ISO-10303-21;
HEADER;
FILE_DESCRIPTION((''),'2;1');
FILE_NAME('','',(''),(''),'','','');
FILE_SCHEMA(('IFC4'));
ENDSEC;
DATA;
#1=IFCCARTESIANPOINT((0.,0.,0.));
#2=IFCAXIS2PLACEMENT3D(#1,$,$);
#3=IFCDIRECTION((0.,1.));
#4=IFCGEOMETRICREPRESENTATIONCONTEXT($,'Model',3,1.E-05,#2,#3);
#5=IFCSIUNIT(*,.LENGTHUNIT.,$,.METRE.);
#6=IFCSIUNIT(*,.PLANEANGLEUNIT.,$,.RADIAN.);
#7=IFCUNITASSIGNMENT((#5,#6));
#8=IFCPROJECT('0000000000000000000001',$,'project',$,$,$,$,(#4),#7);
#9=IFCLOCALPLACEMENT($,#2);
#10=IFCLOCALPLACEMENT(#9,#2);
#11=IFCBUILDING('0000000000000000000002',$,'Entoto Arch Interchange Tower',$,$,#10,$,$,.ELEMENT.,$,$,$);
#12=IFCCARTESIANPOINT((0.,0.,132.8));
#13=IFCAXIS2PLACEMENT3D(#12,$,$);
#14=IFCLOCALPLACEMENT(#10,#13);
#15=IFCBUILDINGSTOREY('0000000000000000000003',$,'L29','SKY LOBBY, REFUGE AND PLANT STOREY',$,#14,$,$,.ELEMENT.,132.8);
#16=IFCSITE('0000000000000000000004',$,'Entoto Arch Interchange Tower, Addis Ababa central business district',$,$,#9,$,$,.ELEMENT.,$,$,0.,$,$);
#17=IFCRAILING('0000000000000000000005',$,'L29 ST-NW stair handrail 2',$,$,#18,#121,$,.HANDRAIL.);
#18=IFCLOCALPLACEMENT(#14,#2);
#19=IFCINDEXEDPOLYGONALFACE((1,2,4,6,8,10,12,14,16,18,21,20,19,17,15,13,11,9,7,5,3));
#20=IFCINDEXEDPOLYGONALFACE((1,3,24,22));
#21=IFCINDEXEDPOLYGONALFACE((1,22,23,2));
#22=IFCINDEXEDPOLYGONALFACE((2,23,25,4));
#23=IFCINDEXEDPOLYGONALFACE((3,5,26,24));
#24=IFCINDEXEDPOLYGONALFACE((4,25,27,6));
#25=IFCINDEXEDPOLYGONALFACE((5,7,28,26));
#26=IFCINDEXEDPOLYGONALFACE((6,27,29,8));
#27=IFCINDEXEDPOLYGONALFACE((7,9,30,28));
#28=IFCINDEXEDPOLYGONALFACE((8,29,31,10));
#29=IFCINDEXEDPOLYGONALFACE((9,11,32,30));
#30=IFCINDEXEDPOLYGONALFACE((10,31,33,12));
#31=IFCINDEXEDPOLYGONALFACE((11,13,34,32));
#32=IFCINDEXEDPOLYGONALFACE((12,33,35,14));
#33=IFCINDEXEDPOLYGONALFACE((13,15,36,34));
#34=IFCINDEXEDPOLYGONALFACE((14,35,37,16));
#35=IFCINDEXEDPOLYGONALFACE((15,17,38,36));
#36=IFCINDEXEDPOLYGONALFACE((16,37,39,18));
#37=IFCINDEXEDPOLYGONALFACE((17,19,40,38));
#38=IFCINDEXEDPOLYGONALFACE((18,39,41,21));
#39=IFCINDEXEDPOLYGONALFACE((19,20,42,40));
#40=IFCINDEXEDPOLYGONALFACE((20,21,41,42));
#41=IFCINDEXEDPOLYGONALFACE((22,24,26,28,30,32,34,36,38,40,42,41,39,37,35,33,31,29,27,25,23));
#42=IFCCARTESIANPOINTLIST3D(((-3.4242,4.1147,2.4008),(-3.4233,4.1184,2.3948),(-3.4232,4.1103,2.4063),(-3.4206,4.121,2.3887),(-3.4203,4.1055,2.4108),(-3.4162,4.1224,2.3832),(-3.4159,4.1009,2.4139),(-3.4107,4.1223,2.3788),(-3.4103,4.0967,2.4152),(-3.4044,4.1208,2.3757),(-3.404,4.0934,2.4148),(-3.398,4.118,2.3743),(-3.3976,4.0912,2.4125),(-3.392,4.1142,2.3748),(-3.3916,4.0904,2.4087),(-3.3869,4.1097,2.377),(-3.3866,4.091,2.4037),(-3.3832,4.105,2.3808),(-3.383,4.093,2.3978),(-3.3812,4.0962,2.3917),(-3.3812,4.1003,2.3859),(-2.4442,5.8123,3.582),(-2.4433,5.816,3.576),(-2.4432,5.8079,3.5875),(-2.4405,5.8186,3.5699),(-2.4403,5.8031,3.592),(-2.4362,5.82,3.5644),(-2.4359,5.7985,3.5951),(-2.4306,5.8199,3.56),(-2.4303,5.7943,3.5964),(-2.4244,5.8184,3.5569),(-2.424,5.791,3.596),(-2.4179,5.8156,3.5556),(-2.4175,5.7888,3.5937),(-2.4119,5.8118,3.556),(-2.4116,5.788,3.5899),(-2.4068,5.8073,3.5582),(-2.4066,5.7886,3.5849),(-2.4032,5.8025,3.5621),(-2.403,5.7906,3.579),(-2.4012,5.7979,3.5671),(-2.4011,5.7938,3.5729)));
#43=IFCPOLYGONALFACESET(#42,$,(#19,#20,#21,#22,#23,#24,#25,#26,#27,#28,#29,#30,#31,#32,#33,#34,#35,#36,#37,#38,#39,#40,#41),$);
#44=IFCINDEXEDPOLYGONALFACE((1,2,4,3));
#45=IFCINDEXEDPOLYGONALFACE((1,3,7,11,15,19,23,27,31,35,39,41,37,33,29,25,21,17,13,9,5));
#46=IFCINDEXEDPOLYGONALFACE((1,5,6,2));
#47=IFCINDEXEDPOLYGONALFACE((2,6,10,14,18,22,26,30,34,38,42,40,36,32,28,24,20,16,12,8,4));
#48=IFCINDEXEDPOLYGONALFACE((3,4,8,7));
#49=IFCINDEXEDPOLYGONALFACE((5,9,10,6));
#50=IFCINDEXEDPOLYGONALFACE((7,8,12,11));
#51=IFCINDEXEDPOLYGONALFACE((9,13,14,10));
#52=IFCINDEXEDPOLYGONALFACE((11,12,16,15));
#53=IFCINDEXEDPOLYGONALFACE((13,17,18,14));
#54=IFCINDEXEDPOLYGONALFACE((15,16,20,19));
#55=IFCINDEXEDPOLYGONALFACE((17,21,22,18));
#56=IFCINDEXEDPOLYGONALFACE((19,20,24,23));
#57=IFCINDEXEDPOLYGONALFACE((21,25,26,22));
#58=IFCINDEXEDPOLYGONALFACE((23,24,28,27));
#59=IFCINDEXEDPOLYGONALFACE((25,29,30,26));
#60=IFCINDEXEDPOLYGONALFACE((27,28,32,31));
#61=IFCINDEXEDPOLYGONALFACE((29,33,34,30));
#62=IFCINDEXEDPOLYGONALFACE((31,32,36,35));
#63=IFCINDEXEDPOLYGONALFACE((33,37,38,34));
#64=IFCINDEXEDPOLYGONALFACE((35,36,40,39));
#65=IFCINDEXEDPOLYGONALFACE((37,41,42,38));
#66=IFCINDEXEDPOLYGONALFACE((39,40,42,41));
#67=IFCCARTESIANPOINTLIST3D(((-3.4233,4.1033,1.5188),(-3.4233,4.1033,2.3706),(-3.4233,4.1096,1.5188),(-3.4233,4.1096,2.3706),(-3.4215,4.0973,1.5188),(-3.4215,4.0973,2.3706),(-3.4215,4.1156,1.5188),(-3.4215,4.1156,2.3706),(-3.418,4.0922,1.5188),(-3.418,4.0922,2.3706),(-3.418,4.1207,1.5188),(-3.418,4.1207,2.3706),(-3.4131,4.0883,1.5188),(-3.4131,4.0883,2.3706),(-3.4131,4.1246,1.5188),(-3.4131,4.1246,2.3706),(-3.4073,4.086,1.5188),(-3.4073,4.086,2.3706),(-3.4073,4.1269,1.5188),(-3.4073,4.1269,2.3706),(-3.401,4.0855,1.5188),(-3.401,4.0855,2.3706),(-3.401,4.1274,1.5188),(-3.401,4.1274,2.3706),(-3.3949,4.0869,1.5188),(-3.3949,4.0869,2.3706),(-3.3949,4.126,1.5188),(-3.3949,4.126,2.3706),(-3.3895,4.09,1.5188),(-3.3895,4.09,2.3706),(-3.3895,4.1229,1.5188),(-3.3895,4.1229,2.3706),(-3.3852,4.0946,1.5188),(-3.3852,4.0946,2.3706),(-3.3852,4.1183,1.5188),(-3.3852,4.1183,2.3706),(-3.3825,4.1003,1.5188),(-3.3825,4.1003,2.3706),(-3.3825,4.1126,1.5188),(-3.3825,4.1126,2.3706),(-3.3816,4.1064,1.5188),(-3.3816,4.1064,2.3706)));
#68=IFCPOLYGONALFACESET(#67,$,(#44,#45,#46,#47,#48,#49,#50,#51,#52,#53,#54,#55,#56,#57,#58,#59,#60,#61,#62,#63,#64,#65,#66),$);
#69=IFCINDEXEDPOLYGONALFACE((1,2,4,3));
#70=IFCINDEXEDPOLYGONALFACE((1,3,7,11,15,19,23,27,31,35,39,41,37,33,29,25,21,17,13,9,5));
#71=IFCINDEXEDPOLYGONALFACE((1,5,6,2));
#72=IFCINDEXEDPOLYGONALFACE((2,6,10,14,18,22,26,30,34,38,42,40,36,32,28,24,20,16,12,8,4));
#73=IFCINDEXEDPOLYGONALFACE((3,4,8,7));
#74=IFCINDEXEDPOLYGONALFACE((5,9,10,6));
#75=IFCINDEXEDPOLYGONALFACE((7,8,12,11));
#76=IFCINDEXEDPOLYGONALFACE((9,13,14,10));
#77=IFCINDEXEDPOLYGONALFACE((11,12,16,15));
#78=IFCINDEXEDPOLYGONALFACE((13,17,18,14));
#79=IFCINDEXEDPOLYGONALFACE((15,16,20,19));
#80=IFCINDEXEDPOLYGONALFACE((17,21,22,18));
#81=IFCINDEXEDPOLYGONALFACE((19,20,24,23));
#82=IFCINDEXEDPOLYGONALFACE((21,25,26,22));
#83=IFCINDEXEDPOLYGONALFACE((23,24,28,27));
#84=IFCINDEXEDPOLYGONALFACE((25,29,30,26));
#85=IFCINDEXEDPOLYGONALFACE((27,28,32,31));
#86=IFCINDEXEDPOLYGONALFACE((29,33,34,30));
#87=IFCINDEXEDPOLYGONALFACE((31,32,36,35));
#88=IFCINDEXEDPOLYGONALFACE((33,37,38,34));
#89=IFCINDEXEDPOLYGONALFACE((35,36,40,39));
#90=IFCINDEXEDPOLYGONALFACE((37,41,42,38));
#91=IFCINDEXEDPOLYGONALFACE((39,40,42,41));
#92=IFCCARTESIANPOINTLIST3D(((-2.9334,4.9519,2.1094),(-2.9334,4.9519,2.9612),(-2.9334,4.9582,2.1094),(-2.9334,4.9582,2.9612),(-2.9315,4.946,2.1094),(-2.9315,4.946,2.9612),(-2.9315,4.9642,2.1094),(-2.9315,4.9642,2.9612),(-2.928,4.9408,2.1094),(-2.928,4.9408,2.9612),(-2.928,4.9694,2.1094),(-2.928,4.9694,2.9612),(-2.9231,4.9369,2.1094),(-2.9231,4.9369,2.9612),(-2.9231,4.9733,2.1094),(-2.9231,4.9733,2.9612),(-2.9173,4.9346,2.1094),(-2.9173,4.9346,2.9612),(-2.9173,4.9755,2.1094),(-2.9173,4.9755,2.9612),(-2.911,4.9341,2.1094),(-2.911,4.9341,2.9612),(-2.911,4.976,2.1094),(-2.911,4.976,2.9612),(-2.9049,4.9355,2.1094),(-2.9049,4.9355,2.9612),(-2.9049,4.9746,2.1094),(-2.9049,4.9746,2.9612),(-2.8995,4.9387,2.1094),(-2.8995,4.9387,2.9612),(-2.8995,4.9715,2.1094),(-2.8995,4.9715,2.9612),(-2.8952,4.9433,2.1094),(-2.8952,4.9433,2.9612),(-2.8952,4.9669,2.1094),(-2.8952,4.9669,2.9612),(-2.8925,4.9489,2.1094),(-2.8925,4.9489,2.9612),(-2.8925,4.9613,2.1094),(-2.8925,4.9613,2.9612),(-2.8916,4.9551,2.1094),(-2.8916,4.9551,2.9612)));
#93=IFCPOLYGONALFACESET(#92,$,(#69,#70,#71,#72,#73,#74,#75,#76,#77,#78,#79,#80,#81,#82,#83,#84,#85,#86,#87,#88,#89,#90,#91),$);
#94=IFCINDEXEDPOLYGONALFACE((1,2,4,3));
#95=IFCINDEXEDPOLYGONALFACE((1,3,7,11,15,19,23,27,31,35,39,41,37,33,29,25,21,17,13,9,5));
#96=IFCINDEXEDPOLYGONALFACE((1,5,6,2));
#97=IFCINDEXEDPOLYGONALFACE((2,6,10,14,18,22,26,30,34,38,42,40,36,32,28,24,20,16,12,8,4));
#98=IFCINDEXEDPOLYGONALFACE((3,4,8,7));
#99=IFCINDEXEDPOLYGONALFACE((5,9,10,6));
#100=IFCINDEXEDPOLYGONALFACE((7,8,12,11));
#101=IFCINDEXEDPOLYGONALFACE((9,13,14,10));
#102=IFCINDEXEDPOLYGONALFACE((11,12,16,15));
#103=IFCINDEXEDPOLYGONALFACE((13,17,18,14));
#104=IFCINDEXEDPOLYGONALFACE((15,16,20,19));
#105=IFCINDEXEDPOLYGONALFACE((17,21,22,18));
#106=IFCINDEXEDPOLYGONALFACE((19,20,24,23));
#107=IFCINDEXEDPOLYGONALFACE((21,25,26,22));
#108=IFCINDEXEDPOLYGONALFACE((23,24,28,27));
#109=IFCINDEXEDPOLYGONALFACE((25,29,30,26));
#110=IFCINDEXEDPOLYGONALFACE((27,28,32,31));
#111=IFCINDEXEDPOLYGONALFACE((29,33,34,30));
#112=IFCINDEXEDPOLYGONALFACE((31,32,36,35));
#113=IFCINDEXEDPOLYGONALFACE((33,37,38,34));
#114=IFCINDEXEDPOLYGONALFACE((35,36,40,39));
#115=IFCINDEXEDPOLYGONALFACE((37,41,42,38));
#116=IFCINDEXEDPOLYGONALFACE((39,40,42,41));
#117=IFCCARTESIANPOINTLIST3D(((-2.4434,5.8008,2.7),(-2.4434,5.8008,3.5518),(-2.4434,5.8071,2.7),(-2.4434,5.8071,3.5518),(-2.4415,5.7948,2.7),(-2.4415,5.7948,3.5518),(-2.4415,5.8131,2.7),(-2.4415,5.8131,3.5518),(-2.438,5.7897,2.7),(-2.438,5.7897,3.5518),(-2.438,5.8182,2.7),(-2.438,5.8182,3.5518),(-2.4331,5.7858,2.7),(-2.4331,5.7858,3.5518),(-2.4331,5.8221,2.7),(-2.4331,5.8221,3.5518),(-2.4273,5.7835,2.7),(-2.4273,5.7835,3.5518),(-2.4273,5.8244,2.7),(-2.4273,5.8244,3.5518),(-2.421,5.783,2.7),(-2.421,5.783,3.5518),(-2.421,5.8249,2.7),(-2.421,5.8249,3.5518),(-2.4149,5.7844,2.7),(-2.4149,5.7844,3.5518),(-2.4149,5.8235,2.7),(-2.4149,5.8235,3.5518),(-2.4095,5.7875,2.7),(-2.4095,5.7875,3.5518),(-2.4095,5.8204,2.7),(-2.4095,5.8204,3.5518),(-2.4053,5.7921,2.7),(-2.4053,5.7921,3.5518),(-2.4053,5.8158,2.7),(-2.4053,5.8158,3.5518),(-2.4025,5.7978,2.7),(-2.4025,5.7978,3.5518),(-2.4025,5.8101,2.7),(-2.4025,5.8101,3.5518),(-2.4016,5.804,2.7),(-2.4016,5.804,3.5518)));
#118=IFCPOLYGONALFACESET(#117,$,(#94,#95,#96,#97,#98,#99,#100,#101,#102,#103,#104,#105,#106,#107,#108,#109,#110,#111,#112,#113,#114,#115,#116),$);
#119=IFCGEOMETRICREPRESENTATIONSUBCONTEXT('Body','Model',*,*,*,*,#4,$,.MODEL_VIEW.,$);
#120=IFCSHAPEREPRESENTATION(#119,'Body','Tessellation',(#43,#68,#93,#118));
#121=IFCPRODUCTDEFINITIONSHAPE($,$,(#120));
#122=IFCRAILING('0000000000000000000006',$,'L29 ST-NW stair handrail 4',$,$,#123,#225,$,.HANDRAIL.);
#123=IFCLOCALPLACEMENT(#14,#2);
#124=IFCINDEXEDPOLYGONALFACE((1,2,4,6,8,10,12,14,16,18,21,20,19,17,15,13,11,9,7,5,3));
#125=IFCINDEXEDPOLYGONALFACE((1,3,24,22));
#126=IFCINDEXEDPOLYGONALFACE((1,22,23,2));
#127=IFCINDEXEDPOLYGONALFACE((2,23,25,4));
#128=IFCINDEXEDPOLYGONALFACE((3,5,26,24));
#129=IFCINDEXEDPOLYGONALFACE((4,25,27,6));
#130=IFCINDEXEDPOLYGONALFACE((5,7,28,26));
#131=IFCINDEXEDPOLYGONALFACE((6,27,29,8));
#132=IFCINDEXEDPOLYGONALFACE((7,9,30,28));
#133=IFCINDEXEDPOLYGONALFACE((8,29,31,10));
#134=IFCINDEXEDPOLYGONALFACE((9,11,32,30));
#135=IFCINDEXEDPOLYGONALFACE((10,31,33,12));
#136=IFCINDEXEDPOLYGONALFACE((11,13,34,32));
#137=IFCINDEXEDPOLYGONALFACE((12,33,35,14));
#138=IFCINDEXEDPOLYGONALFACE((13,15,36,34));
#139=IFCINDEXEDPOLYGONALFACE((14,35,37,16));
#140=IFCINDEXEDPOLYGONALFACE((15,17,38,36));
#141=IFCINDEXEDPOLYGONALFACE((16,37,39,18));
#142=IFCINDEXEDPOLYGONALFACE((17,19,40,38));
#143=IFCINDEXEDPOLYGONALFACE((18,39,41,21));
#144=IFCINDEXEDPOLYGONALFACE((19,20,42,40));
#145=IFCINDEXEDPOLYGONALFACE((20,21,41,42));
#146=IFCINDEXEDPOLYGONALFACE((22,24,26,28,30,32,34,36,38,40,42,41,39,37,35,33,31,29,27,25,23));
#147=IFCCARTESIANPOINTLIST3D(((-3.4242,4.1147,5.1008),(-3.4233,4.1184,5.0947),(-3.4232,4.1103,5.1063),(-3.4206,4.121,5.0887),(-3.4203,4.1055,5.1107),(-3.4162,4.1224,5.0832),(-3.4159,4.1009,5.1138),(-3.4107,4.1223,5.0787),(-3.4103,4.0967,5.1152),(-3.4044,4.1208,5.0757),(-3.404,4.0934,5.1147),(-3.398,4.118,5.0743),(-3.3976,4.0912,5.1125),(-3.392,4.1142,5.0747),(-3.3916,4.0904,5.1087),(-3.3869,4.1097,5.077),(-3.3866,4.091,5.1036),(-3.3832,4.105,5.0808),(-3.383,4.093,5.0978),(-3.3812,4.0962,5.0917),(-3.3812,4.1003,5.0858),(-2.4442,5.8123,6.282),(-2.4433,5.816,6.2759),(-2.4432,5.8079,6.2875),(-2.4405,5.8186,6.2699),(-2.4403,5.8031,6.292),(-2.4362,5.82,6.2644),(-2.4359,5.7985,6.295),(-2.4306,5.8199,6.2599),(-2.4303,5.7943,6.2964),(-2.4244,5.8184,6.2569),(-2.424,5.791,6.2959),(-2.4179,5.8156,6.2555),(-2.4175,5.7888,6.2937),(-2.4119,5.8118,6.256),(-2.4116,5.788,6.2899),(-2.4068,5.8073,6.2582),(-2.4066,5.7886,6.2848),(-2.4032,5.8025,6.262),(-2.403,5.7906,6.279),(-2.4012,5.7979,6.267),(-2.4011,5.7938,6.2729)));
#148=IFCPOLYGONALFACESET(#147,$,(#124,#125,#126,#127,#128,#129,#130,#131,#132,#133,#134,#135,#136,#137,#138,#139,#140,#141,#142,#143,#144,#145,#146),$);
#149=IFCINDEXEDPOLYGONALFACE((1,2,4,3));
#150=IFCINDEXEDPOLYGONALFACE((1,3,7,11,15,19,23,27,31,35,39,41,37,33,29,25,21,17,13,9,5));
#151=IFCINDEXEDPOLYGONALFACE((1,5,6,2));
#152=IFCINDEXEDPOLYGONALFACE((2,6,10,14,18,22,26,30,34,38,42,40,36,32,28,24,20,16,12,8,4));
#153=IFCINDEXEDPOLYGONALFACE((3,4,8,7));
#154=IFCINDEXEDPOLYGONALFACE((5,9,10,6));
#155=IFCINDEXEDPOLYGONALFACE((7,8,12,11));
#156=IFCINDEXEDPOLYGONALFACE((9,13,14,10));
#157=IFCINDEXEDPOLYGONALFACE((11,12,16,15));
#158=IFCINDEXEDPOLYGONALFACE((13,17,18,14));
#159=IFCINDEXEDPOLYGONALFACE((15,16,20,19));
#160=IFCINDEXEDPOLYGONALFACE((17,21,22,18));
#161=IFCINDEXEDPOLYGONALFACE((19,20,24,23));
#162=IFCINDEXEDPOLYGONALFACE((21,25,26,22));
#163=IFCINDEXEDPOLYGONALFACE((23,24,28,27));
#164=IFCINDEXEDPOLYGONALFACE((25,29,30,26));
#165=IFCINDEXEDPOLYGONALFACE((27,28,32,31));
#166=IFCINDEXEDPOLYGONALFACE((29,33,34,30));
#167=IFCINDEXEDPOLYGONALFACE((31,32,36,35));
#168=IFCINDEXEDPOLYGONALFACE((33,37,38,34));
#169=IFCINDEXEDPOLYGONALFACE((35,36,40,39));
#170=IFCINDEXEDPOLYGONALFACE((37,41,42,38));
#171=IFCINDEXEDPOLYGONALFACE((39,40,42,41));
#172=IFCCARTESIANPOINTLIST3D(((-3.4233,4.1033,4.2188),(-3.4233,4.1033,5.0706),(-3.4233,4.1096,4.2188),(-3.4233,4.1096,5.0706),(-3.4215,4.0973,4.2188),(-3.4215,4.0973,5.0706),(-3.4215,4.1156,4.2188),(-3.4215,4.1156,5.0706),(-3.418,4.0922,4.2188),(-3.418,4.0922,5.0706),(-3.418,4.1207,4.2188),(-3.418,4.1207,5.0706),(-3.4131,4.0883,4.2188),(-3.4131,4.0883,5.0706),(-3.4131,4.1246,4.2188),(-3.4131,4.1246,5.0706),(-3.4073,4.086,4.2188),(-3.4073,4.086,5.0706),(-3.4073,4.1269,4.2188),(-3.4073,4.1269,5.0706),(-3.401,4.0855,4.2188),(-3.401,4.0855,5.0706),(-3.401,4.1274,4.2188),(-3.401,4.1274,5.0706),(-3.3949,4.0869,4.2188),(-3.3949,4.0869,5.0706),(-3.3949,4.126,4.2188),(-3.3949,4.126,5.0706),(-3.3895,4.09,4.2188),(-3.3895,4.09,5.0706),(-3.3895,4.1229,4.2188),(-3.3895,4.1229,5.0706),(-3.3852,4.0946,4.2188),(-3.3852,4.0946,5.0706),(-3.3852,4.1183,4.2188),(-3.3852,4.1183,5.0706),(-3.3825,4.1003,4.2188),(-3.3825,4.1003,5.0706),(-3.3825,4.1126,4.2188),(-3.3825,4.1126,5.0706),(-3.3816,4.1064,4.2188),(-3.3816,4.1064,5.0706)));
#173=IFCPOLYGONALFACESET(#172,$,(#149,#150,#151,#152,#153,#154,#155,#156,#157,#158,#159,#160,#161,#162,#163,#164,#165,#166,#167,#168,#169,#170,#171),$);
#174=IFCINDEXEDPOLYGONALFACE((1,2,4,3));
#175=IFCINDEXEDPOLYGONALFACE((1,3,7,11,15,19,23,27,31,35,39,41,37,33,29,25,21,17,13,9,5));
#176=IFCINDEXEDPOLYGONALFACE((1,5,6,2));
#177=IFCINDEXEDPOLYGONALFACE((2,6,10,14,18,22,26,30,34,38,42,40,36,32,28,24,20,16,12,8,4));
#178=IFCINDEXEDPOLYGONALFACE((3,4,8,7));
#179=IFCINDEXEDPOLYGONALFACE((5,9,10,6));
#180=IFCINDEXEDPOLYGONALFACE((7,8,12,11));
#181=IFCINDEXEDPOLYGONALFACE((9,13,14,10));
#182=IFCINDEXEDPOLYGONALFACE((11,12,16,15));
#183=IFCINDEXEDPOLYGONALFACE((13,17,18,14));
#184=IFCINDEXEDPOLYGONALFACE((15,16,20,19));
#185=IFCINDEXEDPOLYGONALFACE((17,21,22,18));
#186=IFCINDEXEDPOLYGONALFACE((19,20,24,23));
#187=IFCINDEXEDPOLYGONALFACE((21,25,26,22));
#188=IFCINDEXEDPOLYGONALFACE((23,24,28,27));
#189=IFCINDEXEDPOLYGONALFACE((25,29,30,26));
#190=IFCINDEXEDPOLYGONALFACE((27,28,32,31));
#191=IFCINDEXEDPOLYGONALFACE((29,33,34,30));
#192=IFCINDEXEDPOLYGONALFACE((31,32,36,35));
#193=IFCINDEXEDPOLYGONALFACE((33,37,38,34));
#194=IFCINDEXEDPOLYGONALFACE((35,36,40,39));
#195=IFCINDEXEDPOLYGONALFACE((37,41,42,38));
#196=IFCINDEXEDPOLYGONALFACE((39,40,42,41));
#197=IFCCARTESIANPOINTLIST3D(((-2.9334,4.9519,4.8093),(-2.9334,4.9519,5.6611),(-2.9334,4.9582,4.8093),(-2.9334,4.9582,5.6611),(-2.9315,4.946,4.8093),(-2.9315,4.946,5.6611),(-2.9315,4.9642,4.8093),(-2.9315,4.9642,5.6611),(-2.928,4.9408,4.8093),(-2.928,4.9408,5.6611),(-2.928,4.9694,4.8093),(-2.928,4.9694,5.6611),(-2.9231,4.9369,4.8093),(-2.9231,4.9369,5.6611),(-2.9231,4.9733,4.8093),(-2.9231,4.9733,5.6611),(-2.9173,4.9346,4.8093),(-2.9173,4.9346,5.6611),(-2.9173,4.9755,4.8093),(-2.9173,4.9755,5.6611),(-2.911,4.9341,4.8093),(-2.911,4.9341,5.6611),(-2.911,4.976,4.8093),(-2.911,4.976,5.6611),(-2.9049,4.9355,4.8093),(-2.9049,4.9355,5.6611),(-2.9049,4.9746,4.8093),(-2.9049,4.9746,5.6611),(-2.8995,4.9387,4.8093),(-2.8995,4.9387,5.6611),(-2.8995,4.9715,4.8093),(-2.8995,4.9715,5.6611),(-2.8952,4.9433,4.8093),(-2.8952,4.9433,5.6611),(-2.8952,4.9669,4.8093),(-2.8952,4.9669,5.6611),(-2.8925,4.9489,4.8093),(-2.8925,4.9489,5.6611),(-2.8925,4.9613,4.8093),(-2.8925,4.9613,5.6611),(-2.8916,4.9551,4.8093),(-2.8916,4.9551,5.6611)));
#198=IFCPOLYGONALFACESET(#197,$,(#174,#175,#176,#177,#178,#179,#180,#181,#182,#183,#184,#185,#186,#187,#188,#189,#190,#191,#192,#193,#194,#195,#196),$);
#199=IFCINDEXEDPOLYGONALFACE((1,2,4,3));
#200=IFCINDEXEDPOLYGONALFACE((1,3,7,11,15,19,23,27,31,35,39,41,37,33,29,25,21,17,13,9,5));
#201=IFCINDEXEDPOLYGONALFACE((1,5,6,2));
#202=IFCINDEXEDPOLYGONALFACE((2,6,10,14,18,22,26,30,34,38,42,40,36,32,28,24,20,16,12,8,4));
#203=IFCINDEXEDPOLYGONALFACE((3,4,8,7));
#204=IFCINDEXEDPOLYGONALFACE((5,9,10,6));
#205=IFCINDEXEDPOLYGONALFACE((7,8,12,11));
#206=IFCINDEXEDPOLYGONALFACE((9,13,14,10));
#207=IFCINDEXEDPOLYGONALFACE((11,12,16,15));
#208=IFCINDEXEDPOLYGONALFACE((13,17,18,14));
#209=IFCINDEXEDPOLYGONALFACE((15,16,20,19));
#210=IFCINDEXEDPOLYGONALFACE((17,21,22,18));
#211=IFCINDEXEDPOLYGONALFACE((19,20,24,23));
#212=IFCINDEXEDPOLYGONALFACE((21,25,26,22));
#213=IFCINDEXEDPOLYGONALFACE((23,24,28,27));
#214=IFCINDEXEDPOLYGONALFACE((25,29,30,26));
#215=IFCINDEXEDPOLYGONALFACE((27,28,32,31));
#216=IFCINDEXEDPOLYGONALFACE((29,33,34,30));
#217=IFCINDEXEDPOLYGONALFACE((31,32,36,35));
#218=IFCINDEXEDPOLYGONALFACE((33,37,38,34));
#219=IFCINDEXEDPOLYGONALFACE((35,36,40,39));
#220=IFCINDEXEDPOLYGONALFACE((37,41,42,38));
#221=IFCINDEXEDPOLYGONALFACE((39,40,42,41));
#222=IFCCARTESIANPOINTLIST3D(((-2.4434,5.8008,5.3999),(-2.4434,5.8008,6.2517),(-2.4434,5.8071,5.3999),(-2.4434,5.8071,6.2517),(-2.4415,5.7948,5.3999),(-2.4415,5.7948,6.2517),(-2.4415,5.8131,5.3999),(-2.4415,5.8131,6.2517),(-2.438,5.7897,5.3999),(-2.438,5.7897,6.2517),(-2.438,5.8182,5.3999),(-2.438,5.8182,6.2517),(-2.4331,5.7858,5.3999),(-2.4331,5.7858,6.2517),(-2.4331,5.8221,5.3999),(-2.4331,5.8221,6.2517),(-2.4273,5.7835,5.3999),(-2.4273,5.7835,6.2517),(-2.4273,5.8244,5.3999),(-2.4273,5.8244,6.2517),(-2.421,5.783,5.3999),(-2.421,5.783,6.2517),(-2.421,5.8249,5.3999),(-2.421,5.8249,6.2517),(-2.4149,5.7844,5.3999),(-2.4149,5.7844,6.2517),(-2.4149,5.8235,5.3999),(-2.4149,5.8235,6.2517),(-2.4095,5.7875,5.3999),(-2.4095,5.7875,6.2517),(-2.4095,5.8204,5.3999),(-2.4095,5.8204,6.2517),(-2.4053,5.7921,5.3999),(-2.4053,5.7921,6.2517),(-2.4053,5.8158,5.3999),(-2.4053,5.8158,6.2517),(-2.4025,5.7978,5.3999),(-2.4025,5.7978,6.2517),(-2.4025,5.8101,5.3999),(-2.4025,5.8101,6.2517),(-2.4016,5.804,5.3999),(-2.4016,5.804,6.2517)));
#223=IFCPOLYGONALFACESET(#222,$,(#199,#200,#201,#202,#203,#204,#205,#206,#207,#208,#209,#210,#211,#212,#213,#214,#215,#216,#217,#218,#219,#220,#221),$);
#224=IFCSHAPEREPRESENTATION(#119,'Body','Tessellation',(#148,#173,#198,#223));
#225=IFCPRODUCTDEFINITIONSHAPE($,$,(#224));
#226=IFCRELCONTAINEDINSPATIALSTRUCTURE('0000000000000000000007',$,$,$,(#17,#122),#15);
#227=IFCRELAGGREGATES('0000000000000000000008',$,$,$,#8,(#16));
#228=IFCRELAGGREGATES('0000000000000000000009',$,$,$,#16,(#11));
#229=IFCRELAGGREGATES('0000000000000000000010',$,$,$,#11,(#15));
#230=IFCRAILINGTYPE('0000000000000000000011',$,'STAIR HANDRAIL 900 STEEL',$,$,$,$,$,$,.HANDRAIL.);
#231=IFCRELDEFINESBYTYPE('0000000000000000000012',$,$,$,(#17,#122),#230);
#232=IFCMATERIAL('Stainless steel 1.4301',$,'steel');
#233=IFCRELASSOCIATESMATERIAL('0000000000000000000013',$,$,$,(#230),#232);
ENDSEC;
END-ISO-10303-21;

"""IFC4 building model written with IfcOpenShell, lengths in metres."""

from ifc_helpers import new_model, si_unit, direction, frame, origin, origin_2d, place, context, subcontext, project, spatial, circle, extrude, material, type_object, element, save


model = new_model("IFC4")

# Units and contexts
model_context = context("Model", 3, precision=1e-05, world=origin(), true_north=direction((0.0, 1.0)))
body_context = subcontext(model_context, "Body", "Model", "MODEL_VIEW")
ifc_project = project(units=[si_unit("LENGTHUNIT", "METRE"), si_unit("PLANEANGLEUNIT", "RADIAN")], contexts=[model_context])

# Site, building, storey
site_placement = place(None, origin())
site = spatial("IfcSite", under=ifc_project, at=site_placement, Name="Entoto Arch Interchange Tower, Addis Ababa central business district", CompositionType="ELEMENT", RefElevation=0.0)
building_placement = place(site_placement, origin())
building = spatial("IfcBuilding", under=site, at=building_placement, Name="Entoto Arch Interchange Tower", CompositionType="ELEMENT")
storey_placement = place(building_placement, frame((0.0, 0.0, 132.8)))
storey = spatial("IfcBuildingStorey", under=building, at=storey_placement, Name="L29", Description="SKY LOBBY, REFUGE AND PLANT STOREY", CompositionType="ELEMENT", Elevation=132.8)

# Railings
ifc_material_1 = material(Name="Stainless steel 1.4301", Category="steel")
railing_type_1 = type_object("IfcRailingType", Name="STAIR HANDRAIL 900 STEEL", PredefinedType="HANDRAIL", material=ifc_material_1)
for number, where, name in (
    (1, (-3.4026, 4.1064, 1.5188), "L29 ST-NW stair handrail 2"),
    (2, (-3.4026, 4.1064, 4.2188), "L29 ST-NW stair handrail 4"),
):
    element("IfcRailing", number, at=place(storey_placement, frame(where)), inside=storey, type_object=railing_type_1, Name=name, PredefinedType="HANDRAIL", context=body_context, shape_type="SweptSolid", body=[
        extrude(circle(Radius=0.0239, at=origin_2d()), frame((0.0, 0.0, 0.876), z_axis=(0.428228, 0.741771, 0.516135), x_axis=(-0.866042, 0.49997, 0.0)), (0.0, 0.0, 1.0), 2.2886),
        extrude(circle(Radius=0.021, at=origin_2d()), origin(), (0.0, 0.0, 1.0), 0.8518),
        extrude(circle(Radius=0.021, at=origin_2d()), frame((0.49, 0.8486, 0.5906)), (0.0, 0.0, 1.0), 0.8518),
        extrude(circle(Radius=0.021, at=origin_2d()), frame((0.98, 1.6975, 1.1812)), (0.0, 0.0, 1.0), 0.8518),
    ])

save(model, "model.ifc")
